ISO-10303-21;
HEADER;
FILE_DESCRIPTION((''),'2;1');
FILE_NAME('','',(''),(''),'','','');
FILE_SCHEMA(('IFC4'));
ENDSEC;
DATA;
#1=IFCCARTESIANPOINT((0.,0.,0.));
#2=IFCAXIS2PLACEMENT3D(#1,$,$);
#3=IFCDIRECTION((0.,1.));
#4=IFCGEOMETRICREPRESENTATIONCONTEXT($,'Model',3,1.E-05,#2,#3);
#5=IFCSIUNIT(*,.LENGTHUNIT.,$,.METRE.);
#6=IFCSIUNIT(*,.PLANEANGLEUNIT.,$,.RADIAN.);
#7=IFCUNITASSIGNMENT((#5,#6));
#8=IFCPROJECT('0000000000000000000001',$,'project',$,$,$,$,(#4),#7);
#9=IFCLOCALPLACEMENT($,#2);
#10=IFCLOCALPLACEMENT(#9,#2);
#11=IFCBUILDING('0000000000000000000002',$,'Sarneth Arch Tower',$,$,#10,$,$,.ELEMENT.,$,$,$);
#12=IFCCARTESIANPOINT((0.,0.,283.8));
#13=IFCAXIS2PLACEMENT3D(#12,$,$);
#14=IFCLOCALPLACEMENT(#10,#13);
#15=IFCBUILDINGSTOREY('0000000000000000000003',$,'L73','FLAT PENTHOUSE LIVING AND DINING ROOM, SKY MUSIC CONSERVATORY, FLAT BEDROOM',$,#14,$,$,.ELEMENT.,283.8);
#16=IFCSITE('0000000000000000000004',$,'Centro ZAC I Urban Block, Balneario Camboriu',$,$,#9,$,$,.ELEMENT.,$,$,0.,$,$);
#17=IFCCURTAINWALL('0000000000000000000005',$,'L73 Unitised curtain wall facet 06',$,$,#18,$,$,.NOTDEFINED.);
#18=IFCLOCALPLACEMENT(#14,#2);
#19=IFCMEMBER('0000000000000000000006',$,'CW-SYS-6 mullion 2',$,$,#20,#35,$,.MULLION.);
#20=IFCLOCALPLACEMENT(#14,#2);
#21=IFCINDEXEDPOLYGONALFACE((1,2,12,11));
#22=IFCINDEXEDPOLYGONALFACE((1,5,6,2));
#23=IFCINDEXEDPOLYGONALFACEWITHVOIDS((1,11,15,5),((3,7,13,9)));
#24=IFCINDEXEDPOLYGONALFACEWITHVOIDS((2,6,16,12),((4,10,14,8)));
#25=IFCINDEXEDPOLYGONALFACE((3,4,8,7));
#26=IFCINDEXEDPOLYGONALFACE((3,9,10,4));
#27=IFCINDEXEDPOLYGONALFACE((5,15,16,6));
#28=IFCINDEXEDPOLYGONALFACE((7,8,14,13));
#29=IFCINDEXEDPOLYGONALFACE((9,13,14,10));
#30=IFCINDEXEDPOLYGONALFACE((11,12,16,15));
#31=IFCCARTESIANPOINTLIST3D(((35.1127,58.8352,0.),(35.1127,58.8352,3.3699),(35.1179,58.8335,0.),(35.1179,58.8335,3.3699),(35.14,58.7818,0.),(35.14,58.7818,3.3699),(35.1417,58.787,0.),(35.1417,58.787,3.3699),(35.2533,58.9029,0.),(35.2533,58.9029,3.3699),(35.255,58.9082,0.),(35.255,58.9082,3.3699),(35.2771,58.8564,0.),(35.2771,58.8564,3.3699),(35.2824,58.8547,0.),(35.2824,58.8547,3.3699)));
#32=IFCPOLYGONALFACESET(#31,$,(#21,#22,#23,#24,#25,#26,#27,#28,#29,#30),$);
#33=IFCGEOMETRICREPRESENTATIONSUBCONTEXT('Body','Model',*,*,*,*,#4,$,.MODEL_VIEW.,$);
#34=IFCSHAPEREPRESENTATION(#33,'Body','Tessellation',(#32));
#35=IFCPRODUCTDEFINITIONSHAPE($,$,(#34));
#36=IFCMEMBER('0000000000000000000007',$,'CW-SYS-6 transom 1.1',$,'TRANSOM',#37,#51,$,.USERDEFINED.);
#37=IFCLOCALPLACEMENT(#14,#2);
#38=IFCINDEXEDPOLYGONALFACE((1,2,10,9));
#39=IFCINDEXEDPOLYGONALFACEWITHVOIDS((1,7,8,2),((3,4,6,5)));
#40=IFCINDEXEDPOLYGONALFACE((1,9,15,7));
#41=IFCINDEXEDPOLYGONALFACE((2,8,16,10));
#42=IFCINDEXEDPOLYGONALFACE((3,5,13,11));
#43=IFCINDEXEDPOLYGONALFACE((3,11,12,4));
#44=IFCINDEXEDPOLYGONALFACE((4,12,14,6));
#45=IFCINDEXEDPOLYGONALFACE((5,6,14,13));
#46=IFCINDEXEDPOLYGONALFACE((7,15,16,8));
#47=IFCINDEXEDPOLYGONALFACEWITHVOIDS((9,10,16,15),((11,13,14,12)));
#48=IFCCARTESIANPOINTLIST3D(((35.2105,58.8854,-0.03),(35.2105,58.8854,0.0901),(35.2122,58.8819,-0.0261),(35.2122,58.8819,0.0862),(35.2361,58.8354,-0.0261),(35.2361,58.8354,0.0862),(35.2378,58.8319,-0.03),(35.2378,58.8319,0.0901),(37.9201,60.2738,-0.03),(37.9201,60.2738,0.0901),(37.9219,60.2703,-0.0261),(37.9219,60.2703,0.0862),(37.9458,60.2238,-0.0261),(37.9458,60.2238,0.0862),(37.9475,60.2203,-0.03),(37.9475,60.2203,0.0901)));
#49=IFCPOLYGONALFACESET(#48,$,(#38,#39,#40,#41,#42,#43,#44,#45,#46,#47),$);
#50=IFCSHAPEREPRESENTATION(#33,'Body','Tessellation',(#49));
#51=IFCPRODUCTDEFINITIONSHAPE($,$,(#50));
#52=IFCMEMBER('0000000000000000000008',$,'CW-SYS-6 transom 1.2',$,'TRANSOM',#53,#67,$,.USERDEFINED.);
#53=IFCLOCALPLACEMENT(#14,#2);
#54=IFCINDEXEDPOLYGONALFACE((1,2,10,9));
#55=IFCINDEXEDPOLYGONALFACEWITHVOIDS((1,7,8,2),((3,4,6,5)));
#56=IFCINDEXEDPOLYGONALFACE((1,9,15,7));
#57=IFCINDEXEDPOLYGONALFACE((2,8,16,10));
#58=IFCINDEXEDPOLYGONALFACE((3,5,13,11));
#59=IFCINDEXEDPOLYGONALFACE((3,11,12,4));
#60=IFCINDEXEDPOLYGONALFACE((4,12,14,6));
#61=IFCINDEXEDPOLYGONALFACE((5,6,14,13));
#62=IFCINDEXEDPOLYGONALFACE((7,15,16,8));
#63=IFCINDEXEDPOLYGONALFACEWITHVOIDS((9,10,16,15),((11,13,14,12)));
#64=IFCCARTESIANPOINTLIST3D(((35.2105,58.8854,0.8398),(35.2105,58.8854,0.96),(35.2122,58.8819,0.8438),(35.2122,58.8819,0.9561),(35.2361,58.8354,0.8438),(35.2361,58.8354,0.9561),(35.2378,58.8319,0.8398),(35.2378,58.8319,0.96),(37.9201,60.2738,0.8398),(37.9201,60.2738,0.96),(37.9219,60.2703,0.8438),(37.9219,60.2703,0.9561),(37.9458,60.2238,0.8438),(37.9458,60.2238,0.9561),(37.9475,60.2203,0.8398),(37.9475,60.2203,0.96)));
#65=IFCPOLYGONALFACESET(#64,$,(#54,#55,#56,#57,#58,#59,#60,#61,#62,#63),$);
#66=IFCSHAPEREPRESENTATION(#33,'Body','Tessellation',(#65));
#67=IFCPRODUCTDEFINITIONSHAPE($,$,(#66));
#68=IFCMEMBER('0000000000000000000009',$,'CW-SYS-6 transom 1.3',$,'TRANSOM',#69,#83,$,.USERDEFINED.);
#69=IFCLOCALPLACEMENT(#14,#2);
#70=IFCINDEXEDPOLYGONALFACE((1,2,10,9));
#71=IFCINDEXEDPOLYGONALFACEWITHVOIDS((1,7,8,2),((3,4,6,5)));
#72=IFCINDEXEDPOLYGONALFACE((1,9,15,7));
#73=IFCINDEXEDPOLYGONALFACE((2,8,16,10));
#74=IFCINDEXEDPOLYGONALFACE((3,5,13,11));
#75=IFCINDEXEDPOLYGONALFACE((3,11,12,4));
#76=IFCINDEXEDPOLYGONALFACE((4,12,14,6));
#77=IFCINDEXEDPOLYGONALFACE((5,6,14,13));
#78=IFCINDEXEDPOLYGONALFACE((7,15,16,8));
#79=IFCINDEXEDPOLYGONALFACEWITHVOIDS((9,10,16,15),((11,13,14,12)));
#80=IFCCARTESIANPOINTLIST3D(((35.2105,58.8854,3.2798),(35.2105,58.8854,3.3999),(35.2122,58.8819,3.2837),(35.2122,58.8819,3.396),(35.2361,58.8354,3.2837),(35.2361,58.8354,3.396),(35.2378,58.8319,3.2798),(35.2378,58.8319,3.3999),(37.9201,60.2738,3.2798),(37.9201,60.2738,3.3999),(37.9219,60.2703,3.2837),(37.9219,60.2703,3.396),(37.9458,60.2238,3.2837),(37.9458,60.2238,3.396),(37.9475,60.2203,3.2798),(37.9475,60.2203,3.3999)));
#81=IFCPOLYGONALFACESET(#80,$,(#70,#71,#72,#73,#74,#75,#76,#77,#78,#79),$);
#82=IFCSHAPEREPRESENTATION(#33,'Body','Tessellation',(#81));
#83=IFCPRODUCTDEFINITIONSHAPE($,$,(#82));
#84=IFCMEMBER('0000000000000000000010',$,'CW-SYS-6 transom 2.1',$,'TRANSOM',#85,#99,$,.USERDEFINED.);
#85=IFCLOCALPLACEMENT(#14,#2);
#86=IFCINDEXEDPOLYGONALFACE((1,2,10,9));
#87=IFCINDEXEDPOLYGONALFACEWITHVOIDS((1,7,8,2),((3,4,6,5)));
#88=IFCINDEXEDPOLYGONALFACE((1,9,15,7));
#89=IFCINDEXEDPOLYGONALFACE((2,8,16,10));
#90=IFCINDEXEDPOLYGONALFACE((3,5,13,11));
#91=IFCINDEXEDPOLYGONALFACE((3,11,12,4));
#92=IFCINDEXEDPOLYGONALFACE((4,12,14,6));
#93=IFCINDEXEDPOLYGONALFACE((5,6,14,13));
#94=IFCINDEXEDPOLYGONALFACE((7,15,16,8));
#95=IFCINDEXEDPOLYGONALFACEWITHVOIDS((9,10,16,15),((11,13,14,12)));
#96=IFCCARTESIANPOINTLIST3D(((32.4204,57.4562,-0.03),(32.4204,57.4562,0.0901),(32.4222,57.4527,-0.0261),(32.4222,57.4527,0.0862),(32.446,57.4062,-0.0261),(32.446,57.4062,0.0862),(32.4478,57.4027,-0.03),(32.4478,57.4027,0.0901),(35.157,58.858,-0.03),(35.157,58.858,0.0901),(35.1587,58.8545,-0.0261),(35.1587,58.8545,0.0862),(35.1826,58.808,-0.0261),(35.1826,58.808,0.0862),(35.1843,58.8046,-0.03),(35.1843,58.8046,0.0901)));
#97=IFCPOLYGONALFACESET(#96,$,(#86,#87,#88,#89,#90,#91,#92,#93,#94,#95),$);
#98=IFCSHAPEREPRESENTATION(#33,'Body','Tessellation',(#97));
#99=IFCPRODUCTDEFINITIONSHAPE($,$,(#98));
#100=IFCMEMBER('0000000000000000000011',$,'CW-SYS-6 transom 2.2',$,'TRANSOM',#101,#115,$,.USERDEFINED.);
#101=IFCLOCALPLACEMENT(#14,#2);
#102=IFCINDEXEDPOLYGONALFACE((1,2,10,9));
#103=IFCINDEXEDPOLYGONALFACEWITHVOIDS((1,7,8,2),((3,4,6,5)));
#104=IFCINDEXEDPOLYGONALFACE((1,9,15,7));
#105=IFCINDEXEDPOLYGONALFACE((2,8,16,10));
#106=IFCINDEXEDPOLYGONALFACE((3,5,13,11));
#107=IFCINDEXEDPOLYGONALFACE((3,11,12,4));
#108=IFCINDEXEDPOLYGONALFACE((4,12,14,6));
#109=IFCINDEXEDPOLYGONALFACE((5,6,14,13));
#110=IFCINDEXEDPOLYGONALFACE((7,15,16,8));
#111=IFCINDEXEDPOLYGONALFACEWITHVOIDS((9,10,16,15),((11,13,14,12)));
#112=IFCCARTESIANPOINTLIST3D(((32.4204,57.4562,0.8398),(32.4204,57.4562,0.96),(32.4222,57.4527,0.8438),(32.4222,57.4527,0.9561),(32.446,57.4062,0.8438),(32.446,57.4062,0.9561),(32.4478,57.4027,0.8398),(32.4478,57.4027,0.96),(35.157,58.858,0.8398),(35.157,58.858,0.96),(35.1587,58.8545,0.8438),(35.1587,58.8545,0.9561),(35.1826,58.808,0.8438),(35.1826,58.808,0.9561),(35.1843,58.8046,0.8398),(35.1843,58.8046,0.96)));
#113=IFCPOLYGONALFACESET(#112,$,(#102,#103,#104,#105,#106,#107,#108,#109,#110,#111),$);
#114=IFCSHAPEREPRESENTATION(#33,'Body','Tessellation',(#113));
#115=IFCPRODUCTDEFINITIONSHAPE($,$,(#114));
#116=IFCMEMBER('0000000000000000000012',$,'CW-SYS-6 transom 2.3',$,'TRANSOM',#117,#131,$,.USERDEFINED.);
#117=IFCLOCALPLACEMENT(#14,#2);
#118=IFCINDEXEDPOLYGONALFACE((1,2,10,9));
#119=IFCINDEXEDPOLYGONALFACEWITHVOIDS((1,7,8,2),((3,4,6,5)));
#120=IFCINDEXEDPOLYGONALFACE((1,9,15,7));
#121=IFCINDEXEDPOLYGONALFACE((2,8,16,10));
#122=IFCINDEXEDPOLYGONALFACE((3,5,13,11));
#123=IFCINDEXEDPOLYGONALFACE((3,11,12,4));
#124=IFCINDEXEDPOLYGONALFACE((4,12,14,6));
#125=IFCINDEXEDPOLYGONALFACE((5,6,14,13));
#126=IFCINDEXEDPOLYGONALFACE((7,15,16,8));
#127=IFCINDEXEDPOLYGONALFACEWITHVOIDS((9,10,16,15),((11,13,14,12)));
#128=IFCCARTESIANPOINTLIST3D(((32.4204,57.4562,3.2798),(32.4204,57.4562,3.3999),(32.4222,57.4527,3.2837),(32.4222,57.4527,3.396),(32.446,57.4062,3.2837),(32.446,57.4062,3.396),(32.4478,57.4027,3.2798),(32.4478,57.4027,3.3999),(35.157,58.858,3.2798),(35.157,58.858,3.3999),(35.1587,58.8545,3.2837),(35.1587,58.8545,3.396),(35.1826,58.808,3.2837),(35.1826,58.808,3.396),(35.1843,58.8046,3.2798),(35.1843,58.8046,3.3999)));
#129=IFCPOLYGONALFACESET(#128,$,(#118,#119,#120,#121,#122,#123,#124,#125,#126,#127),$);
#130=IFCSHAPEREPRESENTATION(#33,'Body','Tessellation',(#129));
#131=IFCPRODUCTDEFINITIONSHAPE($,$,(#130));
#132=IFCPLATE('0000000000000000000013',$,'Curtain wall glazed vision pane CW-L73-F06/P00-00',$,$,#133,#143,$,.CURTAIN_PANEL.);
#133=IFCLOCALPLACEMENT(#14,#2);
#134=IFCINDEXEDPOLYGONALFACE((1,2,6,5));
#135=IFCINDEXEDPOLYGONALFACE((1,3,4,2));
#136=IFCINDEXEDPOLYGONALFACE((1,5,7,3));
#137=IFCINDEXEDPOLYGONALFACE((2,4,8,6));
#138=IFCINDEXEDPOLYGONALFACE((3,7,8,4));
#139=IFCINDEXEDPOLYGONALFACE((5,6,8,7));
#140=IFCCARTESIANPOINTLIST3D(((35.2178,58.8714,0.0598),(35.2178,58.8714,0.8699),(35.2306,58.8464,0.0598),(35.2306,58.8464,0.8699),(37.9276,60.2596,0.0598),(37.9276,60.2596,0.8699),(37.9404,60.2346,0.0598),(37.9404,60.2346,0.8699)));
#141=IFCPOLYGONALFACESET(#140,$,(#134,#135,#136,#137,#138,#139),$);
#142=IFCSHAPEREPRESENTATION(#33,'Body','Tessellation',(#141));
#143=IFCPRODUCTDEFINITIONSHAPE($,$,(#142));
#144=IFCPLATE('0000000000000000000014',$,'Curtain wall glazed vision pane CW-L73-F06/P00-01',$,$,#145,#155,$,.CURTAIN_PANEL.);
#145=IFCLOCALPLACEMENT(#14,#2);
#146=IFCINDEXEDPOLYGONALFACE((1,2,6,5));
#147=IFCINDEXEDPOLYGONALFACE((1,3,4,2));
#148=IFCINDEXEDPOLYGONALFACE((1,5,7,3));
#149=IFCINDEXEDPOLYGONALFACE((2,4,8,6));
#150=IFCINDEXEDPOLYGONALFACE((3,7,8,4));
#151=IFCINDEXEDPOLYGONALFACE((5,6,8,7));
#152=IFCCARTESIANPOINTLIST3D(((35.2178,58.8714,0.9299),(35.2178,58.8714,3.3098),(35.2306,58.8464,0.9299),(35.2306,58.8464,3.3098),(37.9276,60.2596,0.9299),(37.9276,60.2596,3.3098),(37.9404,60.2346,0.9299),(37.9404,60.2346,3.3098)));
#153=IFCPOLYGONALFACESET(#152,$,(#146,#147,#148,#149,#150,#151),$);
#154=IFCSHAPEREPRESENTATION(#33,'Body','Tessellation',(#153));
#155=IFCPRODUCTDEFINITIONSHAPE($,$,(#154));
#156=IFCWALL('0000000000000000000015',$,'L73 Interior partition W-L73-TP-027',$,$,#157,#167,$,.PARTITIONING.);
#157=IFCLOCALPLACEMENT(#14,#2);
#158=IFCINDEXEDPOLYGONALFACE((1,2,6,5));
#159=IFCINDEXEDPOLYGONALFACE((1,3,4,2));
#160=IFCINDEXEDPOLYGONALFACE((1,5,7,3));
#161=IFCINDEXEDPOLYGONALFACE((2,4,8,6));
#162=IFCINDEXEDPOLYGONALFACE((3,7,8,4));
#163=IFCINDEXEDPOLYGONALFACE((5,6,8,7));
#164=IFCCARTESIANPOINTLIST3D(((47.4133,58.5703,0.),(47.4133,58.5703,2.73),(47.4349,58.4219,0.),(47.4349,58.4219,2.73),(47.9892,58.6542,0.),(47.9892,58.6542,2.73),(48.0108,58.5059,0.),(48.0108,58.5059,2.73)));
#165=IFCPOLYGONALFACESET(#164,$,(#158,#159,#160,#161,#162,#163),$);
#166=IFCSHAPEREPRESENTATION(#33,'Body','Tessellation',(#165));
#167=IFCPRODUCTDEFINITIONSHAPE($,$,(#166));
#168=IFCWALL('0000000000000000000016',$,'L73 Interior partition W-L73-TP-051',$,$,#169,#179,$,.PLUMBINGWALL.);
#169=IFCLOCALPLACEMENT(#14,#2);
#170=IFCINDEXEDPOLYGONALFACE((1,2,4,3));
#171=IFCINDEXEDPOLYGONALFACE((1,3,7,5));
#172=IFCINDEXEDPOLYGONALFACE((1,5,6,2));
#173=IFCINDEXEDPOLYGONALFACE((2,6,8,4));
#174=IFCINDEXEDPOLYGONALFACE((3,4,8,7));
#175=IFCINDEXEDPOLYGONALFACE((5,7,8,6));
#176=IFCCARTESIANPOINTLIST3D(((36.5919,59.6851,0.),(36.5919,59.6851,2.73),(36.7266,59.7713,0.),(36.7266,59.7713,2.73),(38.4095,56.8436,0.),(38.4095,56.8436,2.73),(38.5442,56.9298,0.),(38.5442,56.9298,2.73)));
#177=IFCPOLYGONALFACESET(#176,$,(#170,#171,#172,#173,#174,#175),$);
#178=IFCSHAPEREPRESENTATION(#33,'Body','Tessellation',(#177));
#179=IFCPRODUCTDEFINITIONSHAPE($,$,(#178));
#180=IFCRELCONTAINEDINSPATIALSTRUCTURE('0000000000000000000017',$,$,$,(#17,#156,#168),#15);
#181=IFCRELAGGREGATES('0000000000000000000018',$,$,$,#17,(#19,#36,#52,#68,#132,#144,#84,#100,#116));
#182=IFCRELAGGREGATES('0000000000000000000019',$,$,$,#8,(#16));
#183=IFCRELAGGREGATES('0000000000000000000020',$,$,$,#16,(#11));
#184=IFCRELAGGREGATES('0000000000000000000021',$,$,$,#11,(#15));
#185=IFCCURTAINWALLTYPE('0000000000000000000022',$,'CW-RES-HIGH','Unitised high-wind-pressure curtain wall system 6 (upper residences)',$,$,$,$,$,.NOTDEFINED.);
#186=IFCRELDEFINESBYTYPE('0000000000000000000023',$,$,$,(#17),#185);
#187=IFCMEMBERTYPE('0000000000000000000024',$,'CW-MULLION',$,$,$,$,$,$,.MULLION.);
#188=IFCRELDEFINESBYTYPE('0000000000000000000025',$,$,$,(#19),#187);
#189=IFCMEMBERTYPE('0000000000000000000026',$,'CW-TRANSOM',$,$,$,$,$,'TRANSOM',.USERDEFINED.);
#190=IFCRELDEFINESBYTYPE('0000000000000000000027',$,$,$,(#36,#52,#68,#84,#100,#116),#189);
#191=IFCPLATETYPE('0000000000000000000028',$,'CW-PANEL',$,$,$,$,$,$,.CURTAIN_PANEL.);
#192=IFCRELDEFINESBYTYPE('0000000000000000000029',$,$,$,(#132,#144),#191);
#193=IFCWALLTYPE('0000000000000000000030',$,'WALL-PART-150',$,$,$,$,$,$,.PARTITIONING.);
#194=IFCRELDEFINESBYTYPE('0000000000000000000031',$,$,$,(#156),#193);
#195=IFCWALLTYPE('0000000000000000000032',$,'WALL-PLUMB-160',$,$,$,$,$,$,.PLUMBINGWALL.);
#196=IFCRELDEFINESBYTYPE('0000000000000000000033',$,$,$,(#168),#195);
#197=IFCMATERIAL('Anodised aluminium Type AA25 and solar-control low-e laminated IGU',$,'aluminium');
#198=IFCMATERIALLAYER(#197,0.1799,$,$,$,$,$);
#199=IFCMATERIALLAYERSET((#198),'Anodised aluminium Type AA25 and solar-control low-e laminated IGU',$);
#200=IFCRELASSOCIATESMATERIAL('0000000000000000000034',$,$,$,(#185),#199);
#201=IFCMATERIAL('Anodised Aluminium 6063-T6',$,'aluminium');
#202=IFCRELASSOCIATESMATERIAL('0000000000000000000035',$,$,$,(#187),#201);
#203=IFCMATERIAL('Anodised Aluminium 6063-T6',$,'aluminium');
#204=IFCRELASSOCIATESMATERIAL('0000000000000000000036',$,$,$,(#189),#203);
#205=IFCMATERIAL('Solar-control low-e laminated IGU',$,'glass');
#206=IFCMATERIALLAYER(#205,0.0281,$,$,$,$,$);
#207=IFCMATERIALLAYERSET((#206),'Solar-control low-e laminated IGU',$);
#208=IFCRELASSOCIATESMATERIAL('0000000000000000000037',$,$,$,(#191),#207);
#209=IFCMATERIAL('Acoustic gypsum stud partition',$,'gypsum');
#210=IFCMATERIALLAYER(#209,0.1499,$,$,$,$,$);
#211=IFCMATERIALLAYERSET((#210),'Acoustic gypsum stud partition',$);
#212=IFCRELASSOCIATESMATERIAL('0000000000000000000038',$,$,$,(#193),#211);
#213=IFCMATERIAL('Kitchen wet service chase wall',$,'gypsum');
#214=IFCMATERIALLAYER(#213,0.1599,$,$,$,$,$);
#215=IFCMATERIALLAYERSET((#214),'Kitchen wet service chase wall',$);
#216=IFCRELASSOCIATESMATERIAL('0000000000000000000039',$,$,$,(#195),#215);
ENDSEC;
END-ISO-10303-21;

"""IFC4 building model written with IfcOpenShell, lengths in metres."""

from ifc_helpers import new_model, si_unit, direction, frame, frame_2d, origin, origin_2d, place, context, subcontext, project, spatial, rectangle, hollow_rectangle, extrude, material, layer, layer_set, material_profile, profile_set, type_object, element, aggregate, save


model = new_model("IFC4")

# Units and contexts
model_context = context("Model", 3, precision=1e-05, world=origin(), true_north=direction((0.0, 1.0)))
body_context = subcontext(model_context, "Body", "Model", "MODEL_VIEW")
ifc_project = project(units=[si_unit("LENGTHUNIT", "METRE"), si_unit("PLANEANGLEUNIT", "RADIAN")], contexts=[model_context])

# Site, building, storey
site_placement = place(None, origin())
site = spatial("IfcSite", under=ifc_project, at=site_placement, Name="Centro ZAC I Urban Block, Balneario Camboriu", CompositionType="ELEMENT", RefElevation=0.0)
building_placement = place(site_placement, origin())
building = spatial("IfcBuilding", under=site, at=building_placement, Name="Sarneth Arch Tower", CompositionType="ELEMENT")
storey_placement = place(building_placement, frame((0.0, 0.0, 283.8)))
storey = spatial("IfcBuildingStorey", under=building, at=storey_placement, Name="L73", Description="FLAT PENTHOUSE LIVING AND DINING ROOM, SKY MUSIC CONSERVATORY, FLAT BEDROOM", CompositionType="ELEMENT", Elevation=283.8)

# Curtain wall, members, plates
ifc_material_1 = material(Name="Anodised aluminium Type AA25 and solar-control low-e laminated IGU", Category="aluminium")
ifc_layer_1 = layer(ifc_material_1, 0.1799)
ifc_layer_set_1 = layer_set([ifc_layer_1], Name="Anodised aluminium Type AA25 and solar-control low-e laminated IGU")
curtain_wall_type = type_object("IfcCurtainWallType", Name="CW-RES-HIGH", Description="Unitised high-wind-pressure curtain wall system 6 (upper residences)", PredefinedType="NOTDEFINED", material=ifc_layer_set_1)
curtain_wall_placement = place(storey_placement, origin())
curtain_wall = element("IfcCurtainWall", 1, at=curtain_wall_placement, inside=storey, type_object=curtain_wall_type, Name="L73 Unitised curtain wall facet 06", PredefinedType="NOTDEFINED")
ifc_material_2 = material(Name="Anodised Aluminium 6063-T6", Category="aluminium")
ifc_material_profile_1 = material_profile(ifc_material_2, hollow_rectangle(XDim=0.0601, YDim=0.1599, WallThickness=0.0039, at=origin_2d()), Name="AL-MULL-160x60x4")
ifc_profile_set_1 = profile_set([ifc_material_profile_1], Name="Anodised Aluminium 6063-T6")
member_type_1 = type_object("IfcMemberType", Name="CW-MULLION", PredefinedType="MULLION", material=ifc_profile_set_1)
member_1_placement = place(storey_placement, frame((35.1975, 58.845, 0.0), z_axis=(0.0, 0.0, 1.0), x_axis=(0.455942, -0.89001, 0.0)))
member_1 = element("IfcMember", 2, at=member_1_placement, type_object=member_type_1, Name="CW-SYS-6 mullion 2", PredefinedType="MULLION", context=body_context, shape_type="SweptSolid", body=[
    extrude(hollow_rectangle(XDim=0.0601, YDim=0.1599, WallThickness=0.0039, at=origin_2d()), origin(), (0.0, 0.0, 1.0), 3.3699),
])
ifc_material_3 = material(Name="Anodised Aluminium 6063-T6", Category="aluminium")
ifc_material_profile_2 = material_profile(ifc_material_3, hollow_rectangle(XDim=0.0601, YDim=0.1201, WallThickness=0.0039, at=origin_2d()), Name="AL-TRAN-120x60x4")
ifc_profile_set_2 = profile_set([ifc_material_profile_2], Name="Anodised Aluminium 6063-T6")
member_type_2 = type_object("IfcMemberType", Name="CW-TRANSOM", ElementType="TRANSOM", PredefinedType="USERDEFINED", material=ifc_profile_set_2)
member_2_placement = place(storey_placement, frame((37.9338, 60.2471, 0.03), z_axis=(-0.889974, -0.456012, 0.0), x_axis=(0.456012, -0.889974, 0.0)))
member_2 = element("IfcMember", 3, at=member_2_placement, type_object=member_type_2, Name="CW-SYS-6 transom 1.1", ObjectType="TRANSOM", PredefinedType="USERDEFINED", context=body_context, shape_type="SweptSolid", body=[
    extrude(hollow_rectangle(XDim=0.0601, YDim=0.1201, WallThickness=0.0039, at=origin_2d()), origin(), (0.0, 0.0, 1.0), 3.0447),
])
member_3_placement = place(storey_placement, frame((37.9338, 60.2471, 0.8999), z_axis=(-0.889974, -0.456012, 0.0), x_axis=(0.456012, -0.889974, 0.0)))
member_3 = element("IfcMember", 4, at=member_3_placement, type_object=member_type_2, Name="CW-SYS-6 transom 1.2", ObjectType="TRANSOM", PredefinedType="USERDEFINED", context=body_context, shape_type="SweptSolid", body=[
    extrude(hollow_rectangle(XDim=0.0601, YDim=0.1201, WallThickness=0.0039, at=origin_2d()), origin(), (0.0, 0.0, 1.0), 3.0447),
])
member_4_placement = place(storey_placement, frame((37.9338, 60.2471, 3.3398), z_axis=(-0.889974, -0.456012, 0.0), x_axis=(0.456012, -0.889974, 0.0)))
member_4 = element("IfcMember", 5, at=member_4_placement, type_object=member_type_2, Name="CW-SYS-6 transom 1.3", ObjectType="TRANSOM", PredefinedType="USERDEFINED", context=body_context, shape_type="SweptSolid", body=[
    extrude(hollow_rectangle(XDim=0.0601, YDim=0.1201, WallThickness=0.0039, at=origin_2d()), origin(), (0.0, 0.0, 1.0), 3.0447),
])
member_5_placement = place(storey_placement, frame((35.1707, 58.8313, 0.03), z_axis=(-0.890017, -0.455926, 0.0), x_axis=(0.455926, -0.890017, 0.0)))
member_5 = element("IfcMember", 6, at=member_5_placement, type_object=member_type_2, Name="CW-SYS-6 transom 2.1", ObjectType="TRANSOM", PredefinedType="USERDEFINED", context=body_context, shape_type="SweptSolid", body=[
    extrude(hollow_rectangle(XDim=0.0601, YDim=0.1201, WallThickness=0.0039, at=origin_2d()), origin(), (0.0, 0.0, 1.0), 3.0747),
])
member_6_placement = place(storey_placement, frame((35.1707, 58.8313, 0.8999), z_axis=(-0.890017, -0.455926, 0.0), x_axis=(0.455926, -0.890017, 0.0)))
member_6 = element("IfcMember", 7, at=member_6_placement, type_object=member_type_2, Name="CW-SYS-6 transom 2.2", ObjectType="TRANSOM", PredefinedType="USERDEFINED", context=body_context, shape_type="SweptSolid", body=[
    extrude(hollow_rectangle(XDim=0.0601, YDim=0.1201, WallThickness=0.0039, at=origin_2d()), origin(), (0.0, 0.0, 1.0), 3.0747),
])
member_7_placement = place(storey_placement, frame((35.1707, 58.8313, 3.3398), z_axis=(-0.890017, -0.455926, 0.0), x_axis=(0.455926, -0.890017, 0.0)))
member_7 = element("IfcMember", 8, at=member_7_placement, type_object=member_type_2, Name="CW-SYS-6 transom 2.3", ObjectType="TRANSOM", PredefinedType="USERDEFINED", context=body_context, shape_type="SweptSolid", body=[
    extrude(hollow_rectangle(XDim=0.0601, YDim=0.1201, WallThickness=0.0039, at=origin_2d()), origin(), (0.0, 0.0, 1.0), 3.0747),
])
ifc_material_4 = material(Name="Solar-control low-e laminated IGU", Category="glass")
ifc_layer_2 = layer(ifc_material_4, 0.0281)
ifc_layer_set_2 = layer_set([ifc_layer_2], Name="Solar-control low-e laminated IGU")
plate_type = type_object("IfcPlateType", Name="CW-PANEL", PredefinedType="CURTAIN_PANEL", material=ifc_layer_set_2)
plate_1_placement = place(storey_placement, frame((36.5791, 59.553, 0.0598), z_axis=(0.0, 0.0, 1.0), x_axis=(-0.89001, -0.455942, 0.0)))
plate_1 = element("IfcPlate", 9, at=plate_1_placement, type_object=plate_type, Name="Curtain wall glazed vision pane CW-L73-F06/P00-00", PredefinedType="CURTAIN_PANEL", context=body_context, shape_type="SweptSolid", body=[
    extrude(rectangle(XDim=3.0447, YDim=0.0281, at=origin_2d()), origin(), (0.0, 0.0, 1.0), 0.8101),
])
plate_2_placement = place(storey_placement, frame((36.5791, 59.553, 0.9299), z_axis=(0.0, 0.0, 1.0), x_axis=(-0.89001, -0.455942, 0.0)))
plate_2 = element("IfcPlate", 10, at=plate_2_placement, type_object=plate_type, Name="Curtain wall glazed vision pane CW-L73-F06/P00-01", PredefinedType="CURTAIN_PANEL", context=body_context, shape_type="SweptSolid", body=[
    extrude(rectangle(XDim=3.0447, YDim=0.0281, at=origin_2d()), origin(), (0.0, 0.0, 1.0), 2.3799),
])
aggregate(curtain_wall, [member_1, member_2, member_3, member_4, plate_1, plate_2, member_5, member_6, member_7])

# Walls
ifc_material_5 = material(Name="Acoustic gypsum stud partition", Category="gypsum")
ifc_layer_3 = layer(ifc_material_5, 0.1499)
ifc_layer_set_3 = layer_set([ifc_layer_3], Name="Acoustic gypsum stud partition")
wall_type_1 = type_object("IfcWallType", Name="WALL-PART-150", PredefinedType="PARTITIONING", material=ifc_layer_set_3)
wall_1_placement = place(storey_placement, frame((47.4241, 58.4961, 0.0), z_axis=(0.0, 0.0, 1.0), x_axis=(0.989534, 0.144298, 0.0)))
element("IfcWall", 11, at=wall_1_placement, inside=storey, type_object=wall_type_1, Name="L73 Interior partition W-L73-TP-027", PredefinedType="PARTITIONING", context=body_context, shape_type="SweptSolid", body=[
    extrude(rectangle(XDim=0.582, YDim=0.1499, at=frame_2d((0.291, 0.0))), origin(), (0.0, 0.0, 1.0), 2.73),
])
ifc_material_6 = material(Name="Kitchen wet service chase wall", Category="gypsum")
ifc_layer_4 = layer(ifc_material_6, 0.1599)
ifc_layer_set_4 = layer_set([ifc_layer_4], Name="Kitchen wet service chase wall")
wall_type_2 = type_object("IfcWallType", Name="WALL-PLUMB-160", PredefinedType="PLUMBINGWALL", material=ifc_layer_set_4)
wall_2_placement = place(storey_placement, frame((38.4768, 56.8867, 0.0), z_axis=(0.0, 0.0, 1.0), x_axis=(-0.53885, 0.842402, 0.0)))
element("IfcWall", 12, at=wall_2_placement, inside=storey, type_object=wall_type_2, Name="L73 Interior partition W-L73-TP-051", PredefinedType="PLUMBINGWALL", context=body_context, shape_type="SweptSolid", body=[
    extrude(rectangle(XDim=3.373, YDim=0.1599, at=frame_2d((1.6865, 0.0))), origin(), (0.0, 0.0, 1.0), 2.73),
])

save(model, "model.ifc")
